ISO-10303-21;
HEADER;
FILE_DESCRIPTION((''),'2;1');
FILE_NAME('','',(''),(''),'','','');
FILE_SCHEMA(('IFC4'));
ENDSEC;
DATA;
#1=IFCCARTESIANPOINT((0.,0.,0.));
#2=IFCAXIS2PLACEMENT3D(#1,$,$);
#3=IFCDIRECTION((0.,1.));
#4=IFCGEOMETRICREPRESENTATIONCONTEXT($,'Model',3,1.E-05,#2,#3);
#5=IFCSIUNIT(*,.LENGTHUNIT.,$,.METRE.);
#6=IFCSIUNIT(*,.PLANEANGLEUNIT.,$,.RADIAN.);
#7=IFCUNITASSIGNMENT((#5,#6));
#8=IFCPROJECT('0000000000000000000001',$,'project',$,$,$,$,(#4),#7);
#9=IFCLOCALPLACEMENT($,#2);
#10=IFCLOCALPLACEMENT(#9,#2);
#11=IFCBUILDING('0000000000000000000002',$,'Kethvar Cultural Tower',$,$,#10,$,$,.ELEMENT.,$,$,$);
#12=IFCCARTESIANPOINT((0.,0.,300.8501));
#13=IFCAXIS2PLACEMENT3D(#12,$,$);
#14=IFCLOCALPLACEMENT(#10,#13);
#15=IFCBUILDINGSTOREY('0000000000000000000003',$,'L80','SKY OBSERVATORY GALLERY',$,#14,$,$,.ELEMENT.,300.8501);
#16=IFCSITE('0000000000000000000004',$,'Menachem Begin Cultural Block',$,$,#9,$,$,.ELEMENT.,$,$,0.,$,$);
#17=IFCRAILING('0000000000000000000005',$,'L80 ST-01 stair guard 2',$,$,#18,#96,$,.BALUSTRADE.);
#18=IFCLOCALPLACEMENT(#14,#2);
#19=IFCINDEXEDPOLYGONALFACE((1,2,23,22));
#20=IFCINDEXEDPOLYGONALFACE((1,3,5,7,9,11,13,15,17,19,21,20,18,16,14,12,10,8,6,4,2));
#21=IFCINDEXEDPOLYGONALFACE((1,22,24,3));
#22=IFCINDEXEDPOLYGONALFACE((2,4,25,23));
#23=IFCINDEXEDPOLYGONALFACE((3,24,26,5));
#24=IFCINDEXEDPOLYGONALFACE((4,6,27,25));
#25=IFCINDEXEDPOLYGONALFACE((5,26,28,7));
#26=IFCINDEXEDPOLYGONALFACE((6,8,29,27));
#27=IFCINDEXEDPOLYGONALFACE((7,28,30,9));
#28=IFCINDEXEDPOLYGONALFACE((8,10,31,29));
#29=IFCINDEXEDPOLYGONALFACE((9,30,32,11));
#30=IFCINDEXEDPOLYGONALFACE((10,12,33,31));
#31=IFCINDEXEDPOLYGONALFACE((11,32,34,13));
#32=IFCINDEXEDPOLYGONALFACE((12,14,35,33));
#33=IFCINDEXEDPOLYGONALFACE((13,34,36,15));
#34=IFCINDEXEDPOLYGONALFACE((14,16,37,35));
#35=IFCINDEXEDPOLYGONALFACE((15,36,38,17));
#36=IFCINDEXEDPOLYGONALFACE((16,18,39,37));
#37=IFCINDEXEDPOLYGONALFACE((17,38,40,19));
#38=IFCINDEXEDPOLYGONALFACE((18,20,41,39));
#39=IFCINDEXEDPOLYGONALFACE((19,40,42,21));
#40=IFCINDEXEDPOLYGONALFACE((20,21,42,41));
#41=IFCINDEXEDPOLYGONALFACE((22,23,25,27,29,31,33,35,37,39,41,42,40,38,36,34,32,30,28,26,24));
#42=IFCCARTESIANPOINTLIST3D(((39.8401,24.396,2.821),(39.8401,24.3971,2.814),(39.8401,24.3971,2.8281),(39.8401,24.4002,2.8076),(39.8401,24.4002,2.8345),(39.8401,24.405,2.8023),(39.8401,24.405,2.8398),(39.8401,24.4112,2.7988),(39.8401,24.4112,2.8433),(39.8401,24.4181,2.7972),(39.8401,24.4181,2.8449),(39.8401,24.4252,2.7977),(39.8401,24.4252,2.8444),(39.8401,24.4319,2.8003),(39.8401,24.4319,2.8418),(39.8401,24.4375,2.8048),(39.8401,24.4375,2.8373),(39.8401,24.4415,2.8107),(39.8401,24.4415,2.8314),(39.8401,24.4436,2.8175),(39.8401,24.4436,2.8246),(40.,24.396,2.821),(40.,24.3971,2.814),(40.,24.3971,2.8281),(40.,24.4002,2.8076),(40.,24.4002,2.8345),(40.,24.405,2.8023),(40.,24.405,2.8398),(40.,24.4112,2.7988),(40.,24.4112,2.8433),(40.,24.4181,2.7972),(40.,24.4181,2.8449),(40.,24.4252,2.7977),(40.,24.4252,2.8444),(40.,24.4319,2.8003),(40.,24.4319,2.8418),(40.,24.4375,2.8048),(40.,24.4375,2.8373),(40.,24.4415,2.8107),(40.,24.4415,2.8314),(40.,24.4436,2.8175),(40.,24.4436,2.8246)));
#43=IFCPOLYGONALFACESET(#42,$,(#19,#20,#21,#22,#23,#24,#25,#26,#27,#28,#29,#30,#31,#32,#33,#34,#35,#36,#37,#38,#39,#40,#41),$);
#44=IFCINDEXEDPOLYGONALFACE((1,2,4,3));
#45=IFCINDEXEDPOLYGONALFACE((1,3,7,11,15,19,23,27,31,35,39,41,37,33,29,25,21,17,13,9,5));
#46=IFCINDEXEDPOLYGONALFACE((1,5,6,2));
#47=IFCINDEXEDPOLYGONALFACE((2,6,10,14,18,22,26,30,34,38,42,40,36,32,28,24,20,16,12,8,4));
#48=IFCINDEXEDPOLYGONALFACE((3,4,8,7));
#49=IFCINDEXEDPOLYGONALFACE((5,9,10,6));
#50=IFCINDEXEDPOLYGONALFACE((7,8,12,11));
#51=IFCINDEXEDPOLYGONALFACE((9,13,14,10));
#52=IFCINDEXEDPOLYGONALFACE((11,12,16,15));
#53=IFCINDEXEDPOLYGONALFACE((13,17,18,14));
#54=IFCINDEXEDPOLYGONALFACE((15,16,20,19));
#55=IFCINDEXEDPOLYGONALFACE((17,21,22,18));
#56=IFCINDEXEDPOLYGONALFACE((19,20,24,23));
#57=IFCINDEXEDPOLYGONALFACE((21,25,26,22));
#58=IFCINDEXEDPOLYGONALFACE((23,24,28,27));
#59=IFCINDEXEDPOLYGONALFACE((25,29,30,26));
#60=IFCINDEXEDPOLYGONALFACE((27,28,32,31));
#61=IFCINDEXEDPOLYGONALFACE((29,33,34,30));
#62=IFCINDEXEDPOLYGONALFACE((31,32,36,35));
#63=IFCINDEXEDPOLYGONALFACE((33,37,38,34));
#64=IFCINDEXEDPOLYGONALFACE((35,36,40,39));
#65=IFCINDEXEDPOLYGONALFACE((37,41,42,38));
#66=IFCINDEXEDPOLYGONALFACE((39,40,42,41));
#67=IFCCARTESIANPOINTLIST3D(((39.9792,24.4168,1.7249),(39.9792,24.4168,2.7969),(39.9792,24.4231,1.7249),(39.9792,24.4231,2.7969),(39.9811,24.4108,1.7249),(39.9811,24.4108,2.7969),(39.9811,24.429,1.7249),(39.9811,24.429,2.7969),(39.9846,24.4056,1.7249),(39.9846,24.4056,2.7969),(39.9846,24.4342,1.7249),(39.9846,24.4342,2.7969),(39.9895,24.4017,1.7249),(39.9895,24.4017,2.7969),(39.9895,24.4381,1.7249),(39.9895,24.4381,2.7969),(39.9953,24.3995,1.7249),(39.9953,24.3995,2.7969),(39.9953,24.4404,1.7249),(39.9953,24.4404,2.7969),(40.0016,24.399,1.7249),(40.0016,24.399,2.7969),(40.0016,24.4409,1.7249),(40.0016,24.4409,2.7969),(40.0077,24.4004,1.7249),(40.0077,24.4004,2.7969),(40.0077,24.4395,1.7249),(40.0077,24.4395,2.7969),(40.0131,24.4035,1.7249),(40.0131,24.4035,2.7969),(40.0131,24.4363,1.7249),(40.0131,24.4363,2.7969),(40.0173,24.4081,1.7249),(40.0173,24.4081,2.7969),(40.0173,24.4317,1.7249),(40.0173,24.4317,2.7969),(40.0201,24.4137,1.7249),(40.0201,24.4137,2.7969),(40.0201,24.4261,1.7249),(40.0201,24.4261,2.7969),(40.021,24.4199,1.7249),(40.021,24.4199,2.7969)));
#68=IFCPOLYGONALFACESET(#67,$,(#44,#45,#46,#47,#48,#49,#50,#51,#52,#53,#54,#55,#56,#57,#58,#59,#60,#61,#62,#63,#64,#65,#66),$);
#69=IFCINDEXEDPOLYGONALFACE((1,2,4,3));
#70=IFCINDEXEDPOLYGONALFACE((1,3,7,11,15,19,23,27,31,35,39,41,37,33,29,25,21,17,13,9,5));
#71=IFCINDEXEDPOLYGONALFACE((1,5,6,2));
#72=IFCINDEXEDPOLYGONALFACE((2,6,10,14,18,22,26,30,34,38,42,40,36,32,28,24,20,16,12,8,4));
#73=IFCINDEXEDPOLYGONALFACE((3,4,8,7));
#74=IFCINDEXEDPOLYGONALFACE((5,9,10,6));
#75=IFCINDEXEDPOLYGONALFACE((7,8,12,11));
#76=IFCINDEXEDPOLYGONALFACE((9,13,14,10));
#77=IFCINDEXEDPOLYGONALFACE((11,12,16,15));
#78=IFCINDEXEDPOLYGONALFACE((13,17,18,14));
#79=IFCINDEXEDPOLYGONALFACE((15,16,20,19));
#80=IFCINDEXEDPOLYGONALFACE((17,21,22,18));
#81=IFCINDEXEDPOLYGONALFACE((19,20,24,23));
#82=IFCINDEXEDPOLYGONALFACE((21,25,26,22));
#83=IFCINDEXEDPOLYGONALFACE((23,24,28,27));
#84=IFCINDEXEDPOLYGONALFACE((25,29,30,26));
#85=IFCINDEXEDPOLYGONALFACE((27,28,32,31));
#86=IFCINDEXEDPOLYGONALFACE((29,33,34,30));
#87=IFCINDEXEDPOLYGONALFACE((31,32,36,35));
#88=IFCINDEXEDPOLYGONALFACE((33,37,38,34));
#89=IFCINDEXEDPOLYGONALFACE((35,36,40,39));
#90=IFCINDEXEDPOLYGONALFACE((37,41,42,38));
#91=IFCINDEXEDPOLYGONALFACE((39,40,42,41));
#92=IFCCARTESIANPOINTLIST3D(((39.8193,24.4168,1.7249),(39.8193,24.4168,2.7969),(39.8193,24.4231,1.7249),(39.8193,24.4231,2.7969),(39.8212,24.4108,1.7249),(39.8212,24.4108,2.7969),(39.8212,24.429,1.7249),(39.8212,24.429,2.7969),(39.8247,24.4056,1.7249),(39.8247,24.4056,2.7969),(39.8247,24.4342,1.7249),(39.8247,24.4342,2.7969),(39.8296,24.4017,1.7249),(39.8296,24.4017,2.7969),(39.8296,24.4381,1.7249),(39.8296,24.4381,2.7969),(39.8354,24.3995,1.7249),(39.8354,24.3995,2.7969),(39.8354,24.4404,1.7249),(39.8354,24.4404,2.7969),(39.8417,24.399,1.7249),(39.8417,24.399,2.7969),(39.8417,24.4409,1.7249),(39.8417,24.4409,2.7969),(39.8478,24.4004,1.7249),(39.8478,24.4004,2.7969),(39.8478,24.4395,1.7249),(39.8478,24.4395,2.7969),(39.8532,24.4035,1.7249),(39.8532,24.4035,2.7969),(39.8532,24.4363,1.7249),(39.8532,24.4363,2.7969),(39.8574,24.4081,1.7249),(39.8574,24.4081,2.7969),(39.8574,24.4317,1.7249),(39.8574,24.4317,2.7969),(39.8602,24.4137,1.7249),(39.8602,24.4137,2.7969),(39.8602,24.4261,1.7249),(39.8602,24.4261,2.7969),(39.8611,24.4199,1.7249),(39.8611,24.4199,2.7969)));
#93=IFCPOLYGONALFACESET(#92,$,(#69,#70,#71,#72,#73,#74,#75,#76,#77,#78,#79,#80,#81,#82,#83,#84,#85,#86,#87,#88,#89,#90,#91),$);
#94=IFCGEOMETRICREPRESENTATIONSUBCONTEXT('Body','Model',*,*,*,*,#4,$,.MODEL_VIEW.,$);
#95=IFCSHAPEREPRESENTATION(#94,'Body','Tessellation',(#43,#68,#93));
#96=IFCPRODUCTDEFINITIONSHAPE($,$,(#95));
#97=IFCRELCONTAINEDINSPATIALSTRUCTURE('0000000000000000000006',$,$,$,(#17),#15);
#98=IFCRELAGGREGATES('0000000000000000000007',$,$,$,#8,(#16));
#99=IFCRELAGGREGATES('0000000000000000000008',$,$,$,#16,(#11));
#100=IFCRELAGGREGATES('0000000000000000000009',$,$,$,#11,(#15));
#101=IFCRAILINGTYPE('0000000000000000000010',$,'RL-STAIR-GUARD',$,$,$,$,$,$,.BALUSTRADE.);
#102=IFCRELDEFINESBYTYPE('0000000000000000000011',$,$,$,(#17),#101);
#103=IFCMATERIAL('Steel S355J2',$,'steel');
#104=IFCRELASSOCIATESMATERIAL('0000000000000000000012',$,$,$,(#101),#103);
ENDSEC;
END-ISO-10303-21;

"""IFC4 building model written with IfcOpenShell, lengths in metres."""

from ifc_helpers import new_model, si_unit, direction, frame, origin, origin_2d, place, context, subcontext, project, spatial, circle, extrude, material, type_object, element, save


model = new_model("IFC4")

# Units and contexts
model_context = context("Model", 3, precision=1e-05, world=origin(), true_north=direction((0.0, 1.0)))
body_context = subcontext(model_context, "Body", "Model", "MODEL_VIEW")
ifc_project = project(units=[si_unit("LENGTHUNIT", "METRE"), si_unit("PLANEANGLEUNIT", "RADIAN")], contexts=[model_context])

# Site, building, storey
site_placement = place(None, origin())
site = spatial("IfcSite", under=ifc_project, at=site_placement, Name="Menachem Begin Cultural Block", CompositionType="ELEMENT", RefElevation=0.0)
building_placement = place(site_placement, origin())
building = spatial("IfcBuilding", under=site, at=building_placement, Name="Kethvar Cultural Tower", CompositionType="ELEMENT")
storey_placement = place(building_placement, frame((0.0, 0.0, 300.8501)))
storey = spatial("IfcBuildingStorey", under=building, at=storey_placement, Name="L80", Description="SKY OBSERVATORY GALLERY", CompositionType="ELEMENT", Elevation=300.8501)

# Shared definitions
ifc_material_1 = material(Name="Steel S355J2", Category="steel")

# Railing
railing_type_1 = type_object("IfcRailingType", Name="RL-STAIR-GUARD", PredefinedType="BALUSTRADE", material=ifc_material_1)
railing_1_placement = place(storey_placement, frame((40.0, 24.4199, 1.7249)))
element("IfcRailing", 1, at=railing_1_placement, inside=storey, type_object=railing_type_1, Name="L80 ST-01 stair guard 2", PredefinedType="BALUSTRADE", context=body_context, shape_type="SweptSolid", body=[
    extrude(circle(Radius=0.0239, at=origin_2d()), frame((0.0, 0.0, 1.0962), z_axis=(-1.0, 0.0, 0.0), x_axis=(0.0, -1.0, 0.0)), (0.0, 0.0, 1.0), 0.1599),
    extrude(circle(Radius=0.021, at=origin_2d()), origin(), (0.0, 0.0, 1.0), 1.072),
    extrude(circle(Radius=0.021, at=origin_2d()), frame((-0.1599, 0.0, 0.0)), (0.0, 0.0, 1.0), 1.072),
])

save(model, "model.ifc")
